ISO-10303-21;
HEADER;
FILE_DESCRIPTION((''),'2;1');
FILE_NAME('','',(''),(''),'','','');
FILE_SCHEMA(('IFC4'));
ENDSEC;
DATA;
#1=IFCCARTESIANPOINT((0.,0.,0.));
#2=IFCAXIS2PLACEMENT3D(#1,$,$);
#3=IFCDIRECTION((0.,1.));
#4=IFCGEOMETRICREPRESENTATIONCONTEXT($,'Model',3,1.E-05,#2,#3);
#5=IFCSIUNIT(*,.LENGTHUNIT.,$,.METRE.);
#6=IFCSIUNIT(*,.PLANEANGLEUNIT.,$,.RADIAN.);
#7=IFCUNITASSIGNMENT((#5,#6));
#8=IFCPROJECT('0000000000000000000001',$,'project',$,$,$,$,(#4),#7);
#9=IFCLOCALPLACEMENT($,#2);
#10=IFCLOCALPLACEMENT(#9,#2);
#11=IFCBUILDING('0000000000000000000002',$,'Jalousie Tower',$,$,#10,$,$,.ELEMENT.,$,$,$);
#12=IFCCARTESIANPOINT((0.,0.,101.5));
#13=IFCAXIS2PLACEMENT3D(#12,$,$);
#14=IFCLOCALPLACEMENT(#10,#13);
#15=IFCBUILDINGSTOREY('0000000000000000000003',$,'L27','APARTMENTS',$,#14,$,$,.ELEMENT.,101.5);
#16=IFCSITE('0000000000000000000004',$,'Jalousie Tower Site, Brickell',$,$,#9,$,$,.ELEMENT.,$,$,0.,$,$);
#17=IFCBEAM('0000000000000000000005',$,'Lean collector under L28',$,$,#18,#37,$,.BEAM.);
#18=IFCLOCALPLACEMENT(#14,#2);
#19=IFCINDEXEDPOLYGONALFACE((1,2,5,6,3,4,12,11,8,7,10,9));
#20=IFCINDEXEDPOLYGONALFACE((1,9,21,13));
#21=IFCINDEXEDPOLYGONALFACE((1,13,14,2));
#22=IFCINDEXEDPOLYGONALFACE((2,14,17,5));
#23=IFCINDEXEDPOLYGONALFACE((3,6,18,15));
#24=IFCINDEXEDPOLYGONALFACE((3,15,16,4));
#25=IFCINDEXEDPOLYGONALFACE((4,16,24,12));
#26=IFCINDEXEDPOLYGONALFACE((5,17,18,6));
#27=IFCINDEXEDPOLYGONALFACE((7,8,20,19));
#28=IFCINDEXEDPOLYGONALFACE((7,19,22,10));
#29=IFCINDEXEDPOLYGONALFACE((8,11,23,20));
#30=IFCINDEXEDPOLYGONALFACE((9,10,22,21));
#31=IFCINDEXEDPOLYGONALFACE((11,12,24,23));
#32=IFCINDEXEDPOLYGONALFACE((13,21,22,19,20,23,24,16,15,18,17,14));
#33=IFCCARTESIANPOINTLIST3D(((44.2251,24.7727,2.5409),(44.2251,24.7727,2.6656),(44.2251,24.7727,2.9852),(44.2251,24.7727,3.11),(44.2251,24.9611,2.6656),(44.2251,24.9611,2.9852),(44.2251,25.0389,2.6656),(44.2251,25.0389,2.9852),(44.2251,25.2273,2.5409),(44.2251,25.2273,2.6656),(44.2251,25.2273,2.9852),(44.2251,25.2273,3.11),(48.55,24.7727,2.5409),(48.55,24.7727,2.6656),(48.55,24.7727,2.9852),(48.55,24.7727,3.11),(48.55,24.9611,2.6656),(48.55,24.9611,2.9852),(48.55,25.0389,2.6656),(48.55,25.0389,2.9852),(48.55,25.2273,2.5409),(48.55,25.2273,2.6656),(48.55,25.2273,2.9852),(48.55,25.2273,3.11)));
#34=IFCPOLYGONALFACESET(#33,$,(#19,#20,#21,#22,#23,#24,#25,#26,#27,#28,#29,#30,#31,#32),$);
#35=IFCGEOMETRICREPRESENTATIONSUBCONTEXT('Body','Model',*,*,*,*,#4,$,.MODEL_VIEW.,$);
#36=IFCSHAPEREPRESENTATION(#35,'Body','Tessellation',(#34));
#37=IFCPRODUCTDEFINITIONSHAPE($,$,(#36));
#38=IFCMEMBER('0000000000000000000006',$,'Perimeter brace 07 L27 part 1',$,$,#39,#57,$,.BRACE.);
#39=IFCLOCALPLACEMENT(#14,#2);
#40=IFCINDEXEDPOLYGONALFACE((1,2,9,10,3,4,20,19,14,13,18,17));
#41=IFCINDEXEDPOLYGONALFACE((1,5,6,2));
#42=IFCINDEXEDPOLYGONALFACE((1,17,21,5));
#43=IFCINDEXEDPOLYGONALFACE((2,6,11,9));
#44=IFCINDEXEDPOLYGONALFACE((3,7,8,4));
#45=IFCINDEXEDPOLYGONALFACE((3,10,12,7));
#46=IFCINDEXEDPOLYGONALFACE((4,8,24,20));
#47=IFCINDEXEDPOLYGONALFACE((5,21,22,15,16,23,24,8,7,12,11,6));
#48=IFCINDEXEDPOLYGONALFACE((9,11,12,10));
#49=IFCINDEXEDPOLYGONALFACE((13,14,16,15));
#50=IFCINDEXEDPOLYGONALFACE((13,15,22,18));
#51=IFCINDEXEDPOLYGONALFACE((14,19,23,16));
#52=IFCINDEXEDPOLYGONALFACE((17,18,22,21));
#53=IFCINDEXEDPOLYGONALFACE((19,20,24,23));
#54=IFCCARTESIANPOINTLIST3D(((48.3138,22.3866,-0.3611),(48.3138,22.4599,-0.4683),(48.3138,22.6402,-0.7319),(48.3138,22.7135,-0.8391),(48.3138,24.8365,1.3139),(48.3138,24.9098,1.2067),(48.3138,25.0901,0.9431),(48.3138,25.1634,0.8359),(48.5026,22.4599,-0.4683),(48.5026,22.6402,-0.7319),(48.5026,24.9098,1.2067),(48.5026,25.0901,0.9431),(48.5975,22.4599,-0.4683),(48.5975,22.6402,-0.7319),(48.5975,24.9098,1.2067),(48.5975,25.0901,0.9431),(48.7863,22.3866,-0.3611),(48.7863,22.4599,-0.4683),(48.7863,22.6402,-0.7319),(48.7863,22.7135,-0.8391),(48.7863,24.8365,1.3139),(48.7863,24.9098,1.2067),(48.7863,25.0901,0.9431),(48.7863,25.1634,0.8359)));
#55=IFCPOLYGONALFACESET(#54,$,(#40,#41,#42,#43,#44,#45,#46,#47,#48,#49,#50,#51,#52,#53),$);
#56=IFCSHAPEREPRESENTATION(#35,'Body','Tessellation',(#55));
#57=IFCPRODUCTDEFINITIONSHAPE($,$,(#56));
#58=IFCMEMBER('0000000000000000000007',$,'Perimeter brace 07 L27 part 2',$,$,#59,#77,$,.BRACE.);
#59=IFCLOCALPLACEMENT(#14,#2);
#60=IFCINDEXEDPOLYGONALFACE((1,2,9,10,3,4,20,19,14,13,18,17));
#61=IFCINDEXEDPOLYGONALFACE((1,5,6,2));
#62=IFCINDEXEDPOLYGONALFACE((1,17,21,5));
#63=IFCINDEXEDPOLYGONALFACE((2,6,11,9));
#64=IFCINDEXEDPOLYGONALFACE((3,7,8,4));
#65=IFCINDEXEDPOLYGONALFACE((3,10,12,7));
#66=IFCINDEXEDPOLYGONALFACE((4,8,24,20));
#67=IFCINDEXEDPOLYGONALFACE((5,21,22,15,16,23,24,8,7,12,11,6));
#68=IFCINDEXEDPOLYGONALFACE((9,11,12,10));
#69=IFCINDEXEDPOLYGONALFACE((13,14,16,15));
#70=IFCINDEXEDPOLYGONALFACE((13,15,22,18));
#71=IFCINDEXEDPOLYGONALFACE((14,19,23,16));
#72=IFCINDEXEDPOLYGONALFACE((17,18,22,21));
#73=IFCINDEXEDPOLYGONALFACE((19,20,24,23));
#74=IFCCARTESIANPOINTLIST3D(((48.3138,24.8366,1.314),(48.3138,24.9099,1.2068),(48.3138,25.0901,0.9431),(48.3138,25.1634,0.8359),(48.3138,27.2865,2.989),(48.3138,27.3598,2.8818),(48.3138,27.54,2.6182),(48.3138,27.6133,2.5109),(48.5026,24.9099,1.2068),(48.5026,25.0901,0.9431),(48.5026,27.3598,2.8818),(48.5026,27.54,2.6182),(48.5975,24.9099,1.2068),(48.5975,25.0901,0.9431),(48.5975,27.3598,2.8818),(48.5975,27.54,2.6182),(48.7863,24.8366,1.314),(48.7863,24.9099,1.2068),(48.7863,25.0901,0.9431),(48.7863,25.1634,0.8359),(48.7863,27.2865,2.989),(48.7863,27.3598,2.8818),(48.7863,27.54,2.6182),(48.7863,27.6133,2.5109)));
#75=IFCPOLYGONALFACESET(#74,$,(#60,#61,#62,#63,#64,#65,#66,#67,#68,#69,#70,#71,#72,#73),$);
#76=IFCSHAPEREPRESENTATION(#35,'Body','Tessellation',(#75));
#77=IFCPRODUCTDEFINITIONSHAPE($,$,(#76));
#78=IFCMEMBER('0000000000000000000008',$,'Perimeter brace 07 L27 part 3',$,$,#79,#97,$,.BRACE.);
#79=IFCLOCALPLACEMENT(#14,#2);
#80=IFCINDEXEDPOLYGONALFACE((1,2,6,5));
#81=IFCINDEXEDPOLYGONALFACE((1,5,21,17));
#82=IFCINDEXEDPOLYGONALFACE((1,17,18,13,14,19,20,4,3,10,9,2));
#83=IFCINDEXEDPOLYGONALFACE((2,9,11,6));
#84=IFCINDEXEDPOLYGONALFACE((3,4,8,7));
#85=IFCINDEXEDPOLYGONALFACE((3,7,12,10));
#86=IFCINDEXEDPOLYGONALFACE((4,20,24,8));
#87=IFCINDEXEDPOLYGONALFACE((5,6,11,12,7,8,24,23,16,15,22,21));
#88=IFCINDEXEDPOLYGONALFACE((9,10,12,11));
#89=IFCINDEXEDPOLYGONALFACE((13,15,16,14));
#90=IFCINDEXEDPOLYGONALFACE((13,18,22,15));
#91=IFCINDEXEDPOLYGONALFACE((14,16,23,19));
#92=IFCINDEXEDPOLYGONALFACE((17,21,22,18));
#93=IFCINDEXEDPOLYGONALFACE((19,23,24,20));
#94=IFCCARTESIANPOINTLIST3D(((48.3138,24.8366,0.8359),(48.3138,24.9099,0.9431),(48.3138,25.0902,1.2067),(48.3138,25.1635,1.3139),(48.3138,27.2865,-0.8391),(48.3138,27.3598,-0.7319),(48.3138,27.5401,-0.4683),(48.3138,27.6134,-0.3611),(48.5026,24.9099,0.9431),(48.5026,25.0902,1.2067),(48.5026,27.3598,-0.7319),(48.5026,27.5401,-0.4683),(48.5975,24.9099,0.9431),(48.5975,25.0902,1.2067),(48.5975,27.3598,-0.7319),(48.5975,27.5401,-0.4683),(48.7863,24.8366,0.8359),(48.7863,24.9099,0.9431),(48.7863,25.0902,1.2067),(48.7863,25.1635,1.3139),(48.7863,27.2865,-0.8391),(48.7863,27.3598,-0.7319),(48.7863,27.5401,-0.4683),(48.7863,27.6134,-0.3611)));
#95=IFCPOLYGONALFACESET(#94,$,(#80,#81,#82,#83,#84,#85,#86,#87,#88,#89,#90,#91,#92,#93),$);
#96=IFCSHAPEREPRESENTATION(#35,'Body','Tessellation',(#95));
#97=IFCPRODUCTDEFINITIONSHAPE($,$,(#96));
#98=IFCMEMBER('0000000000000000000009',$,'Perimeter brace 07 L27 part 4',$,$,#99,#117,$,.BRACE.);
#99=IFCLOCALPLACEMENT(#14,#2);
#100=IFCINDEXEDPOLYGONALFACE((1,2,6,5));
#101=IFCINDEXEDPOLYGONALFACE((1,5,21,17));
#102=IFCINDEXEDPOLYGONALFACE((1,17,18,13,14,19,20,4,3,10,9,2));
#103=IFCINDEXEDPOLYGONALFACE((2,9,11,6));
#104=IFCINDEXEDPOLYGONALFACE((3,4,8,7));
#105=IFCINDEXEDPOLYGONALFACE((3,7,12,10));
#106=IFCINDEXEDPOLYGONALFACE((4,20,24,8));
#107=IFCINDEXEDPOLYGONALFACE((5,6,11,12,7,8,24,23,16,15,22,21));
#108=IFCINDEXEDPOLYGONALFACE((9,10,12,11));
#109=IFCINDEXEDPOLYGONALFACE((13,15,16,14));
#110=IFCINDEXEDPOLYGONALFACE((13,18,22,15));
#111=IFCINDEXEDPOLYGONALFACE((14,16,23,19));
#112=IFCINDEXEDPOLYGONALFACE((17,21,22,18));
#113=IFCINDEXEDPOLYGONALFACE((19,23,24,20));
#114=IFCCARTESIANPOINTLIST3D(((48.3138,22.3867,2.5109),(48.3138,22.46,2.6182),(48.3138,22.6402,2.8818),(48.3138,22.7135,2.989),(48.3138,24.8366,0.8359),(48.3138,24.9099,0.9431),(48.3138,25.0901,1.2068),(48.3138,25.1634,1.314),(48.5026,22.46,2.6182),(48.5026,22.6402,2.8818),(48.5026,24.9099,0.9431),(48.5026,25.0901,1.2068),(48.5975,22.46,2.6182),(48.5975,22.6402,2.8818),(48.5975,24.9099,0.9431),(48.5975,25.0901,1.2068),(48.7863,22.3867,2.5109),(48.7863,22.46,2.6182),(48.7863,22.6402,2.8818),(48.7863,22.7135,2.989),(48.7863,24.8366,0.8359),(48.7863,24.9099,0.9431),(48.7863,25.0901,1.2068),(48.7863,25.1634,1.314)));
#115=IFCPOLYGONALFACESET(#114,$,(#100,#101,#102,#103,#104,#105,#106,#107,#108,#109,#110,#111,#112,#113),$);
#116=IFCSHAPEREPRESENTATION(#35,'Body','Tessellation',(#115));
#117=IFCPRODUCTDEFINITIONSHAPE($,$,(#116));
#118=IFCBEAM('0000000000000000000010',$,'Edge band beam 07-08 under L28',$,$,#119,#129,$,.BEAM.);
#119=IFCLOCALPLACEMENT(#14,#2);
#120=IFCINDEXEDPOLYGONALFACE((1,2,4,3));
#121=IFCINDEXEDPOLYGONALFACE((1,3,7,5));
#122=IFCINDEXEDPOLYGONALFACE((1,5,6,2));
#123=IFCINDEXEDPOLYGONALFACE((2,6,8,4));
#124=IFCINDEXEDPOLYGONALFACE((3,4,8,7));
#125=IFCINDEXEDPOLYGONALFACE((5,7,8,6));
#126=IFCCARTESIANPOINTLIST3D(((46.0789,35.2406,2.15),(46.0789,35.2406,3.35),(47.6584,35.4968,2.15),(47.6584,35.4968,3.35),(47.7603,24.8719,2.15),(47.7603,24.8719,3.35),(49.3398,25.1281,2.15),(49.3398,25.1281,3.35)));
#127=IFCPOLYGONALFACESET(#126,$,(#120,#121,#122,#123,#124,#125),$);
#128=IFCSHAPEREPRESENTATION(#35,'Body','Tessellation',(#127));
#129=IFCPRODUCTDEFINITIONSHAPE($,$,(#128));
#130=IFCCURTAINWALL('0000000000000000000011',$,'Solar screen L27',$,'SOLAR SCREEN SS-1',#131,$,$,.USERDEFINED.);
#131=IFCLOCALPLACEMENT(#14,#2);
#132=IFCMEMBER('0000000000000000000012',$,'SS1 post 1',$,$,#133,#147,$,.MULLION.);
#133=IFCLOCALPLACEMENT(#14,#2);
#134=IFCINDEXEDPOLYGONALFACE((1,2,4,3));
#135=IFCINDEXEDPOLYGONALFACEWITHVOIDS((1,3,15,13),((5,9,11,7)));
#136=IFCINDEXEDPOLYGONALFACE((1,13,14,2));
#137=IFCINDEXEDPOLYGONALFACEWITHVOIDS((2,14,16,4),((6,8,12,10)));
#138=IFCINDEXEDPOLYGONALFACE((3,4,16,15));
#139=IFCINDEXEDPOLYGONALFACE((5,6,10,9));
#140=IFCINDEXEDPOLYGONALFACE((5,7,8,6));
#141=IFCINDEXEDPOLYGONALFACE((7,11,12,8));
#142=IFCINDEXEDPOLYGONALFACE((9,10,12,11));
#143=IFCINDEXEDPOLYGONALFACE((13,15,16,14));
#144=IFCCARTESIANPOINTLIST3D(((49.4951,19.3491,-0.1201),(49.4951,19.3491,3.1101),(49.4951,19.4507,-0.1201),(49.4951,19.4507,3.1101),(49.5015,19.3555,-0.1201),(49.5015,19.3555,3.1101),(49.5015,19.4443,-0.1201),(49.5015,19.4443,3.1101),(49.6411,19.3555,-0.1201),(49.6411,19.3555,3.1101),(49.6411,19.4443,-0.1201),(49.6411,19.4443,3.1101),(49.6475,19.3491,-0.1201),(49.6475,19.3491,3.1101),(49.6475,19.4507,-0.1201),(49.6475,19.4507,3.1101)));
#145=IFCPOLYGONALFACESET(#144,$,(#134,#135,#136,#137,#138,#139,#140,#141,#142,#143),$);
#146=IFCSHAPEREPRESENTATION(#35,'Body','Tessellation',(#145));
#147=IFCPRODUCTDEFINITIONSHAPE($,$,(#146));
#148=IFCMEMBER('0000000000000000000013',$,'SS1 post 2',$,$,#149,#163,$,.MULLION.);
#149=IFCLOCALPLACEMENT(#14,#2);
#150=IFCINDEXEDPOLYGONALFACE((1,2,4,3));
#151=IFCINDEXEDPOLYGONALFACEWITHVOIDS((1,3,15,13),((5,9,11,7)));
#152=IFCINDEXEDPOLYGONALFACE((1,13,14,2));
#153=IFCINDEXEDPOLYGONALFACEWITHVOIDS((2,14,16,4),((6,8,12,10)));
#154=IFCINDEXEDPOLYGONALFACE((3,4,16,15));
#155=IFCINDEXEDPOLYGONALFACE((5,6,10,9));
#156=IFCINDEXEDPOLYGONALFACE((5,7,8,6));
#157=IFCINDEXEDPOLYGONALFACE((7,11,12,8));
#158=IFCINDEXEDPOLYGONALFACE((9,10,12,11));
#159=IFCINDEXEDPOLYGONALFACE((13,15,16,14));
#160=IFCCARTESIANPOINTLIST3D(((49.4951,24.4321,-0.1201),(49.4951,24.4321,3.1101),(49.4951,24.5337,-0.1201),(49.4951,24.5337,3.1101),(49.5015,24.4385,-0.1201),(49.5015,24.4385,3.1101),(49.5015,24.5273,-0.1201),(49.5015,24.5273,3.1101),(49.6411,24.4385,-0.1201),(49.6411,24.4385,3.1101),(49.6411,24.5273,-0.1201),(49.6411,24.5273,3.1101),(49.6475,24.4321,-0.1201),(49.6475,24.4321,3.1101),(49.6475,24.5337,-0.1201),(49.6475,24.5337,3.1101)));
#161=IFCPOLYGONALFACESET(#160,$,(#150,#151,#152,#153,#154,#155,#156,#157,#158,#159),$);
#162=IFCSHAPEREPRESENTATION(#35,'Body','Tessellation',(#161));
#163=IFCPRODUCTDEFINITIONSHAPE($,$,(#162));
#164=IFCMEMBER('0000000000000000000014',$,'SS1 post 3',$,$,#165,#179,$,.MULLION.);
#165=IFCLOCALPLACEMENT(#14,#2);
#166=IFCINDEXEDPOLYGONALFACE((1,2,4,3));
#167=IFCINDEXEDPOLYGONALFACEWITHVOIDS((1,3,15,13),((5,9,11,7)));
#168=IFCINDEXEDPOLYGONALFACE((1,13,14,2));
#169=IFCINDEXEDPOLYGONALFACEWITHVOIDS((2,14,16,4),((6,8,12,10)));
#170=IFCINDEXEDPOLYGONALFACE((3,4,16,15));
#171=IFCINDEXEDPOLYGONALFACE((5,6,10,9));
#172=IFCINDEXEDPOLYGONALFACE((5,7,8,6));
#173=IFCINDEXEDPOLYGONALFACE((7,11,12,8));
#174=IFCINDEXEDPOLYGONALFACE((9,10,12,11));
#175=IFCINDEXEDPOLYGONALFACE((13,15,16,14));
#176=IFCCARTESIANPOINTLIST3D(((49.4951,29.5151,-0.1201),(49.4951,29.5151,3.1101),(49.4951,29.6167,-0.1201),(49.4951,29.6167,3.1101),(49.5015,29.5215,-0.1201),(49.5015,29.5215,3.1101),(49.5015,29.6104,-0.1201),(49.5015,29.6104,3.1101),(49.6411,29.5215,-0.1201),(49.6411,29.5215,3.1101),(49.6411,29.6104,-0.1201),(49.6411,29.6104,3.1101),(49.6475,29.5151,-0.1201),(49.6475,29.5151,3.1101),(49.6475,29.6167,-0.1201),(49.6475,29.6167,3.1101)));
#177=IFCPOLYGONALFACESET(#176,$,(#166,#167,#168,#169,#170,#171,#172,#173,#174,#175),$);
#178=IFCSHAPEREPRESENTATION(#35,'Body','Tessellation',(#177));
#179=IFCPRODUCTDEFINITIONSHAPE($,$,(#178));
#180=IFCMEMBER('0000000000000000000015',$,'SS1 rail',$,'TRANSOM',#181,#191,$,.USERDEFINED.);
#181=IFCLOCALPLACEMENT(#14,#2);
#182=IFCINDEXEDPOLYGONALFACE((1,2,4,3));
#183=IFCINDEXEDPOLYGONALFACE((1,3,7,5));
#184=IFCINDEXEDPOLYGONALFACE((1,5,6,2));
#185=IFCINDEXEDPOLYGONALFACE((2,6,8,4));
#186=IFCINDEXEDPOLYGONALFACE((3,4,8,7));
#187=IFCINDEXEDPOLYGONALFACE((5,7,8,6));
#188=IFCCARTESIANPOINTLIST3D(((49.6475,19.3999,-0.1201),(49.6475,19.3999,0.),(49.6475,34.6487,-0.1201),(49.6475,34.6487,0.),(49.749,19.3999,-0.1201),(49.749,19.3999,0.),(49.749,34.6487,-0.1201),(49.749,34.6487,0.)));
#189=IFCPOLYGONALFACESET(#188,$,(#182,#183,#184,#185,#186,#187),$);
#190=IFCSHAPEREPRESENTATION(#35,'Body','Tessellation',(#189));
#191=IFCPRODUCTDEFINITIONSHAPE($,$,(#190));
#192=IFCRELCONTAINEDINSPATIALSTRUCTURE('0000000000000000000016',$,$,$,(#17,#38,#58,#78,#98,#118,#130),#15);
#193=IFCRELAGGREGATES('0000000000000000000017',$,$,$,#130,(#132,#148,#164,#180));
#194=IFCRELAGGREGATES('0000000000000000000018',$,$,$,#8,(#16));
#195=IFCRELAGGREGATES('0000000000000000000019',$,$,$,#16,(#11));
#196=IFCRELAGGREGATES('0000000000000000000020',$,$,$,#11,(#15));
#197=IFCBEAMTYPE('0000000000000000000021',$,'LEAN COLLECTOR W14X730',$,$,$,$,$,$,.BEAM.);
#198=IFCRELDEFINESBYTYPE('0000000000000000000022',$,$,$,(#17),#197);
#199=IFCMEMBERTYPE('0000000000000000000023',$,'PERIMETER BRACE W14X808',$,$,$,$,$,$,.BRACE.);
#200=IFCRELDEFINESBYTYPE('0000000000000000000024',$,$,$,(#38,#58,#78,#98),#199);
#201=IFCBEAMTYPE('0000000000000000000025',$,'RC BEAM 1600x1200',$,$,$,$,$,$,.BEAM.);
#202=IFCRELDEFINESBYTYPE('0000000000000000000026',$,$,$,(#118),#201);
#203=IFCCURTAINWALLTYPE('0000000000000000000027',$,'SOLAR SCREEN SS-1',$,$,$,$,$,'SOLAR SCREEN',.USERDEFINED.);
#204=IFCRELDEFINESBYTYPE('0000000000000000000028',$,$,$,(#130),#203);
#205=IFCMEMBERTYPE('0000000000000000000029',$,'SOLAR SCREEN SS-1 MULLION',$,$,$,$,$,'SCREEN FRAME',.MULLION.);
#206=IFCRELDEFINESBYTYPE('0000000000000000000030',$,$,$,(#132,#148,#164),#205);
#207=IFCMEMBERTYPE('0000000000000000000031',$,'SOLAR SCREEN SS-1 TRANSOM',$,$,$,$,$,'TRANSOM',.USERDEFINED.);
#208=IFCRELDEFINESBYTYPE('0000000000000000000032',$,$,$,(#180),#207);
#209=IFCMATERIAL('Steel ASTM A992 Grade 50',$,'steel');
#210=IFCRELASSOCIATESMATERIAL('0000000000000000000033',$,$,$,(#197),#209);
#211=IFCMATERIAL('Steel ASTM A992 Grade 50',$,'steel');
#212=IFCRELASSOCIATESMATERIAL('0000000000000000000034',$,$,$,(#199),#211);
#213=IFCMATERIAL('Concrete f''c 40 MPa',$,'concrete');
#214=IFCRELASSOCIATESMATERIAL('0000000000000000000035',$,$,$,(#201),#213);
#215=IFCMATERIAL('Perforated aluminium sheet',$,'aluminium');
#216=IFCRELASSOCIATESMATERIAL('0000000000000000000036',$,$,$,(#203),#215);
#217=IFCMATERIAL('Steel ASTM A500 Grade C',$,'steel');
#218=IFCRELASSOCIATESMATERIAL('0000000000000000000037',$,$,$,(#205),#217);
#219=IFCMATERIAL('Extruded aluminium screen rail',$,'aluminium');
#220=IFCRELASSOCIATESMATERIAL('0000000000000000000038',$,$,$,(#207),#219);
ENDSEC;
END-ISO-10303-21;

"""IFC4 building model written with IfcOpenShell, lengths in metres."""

from ifc_helpers import new_model, si_unit, direction, frame, origin, origin_2d, place, context, subcontext, project, spatial, rectangle, hollow_rectangle, i_section, extrude, material, material_profile, profile_set, type_object, element, aggregate, save


model = new_model("IFC4")

# Units and contexts
model_context = context("Model", 3, precision=1e-05, world=origin(), true_north=direction((0.0, 1.0)))
body_context = subcontext(model_context, "Body", "Model", "MODEL_VIEW")
ifc_project = project(units=[si_unit("LENGTHUNIT", "METRE"), si_unit("PLANEANGLEUNIT", "RADIAN")], contexts=[model_context])

# Site, building, storey
site_placement = place(None, origin())
site = spatial("IfcSite", under=ifc_project, at=site_placement, Name="Jalousie Tower Site, Brickell", CompositionType="ELEMENT", RefElevation=0.0)
building_placement = place(site_placement, origin())
building = spatial("IfcBuilding", under=site, at=building_placement, Name="Jalousie Tower", CompositionType="ELEMENT")
storey_placement = place(building_placement, frame((0.0, 0.0, 101.5)))
storey = spatial("IfcBuildingStorey", under=building, at=storey_placement, Name="L27", Description="APARTMENTS", CompositionType="ELEMENT", Elevation=101.5)

# Beam
ifc_material_1 = material(Name="Steel ASTM A992 Grade 50", Category="steel")
ifc_material_profile_1 = material_profile(ifc_material_1, i_section(OverallWidth=0.4546, OverallDepth=0.5691, WebThickness=0.0779, FlangeThickness=0.1248, at=origin_2d()), Name="W14X730")
ifc_profile_set_1 = profile_set([ifc_material_profile_1], Name="Steel ASTM A992 Grade 50")
beam_type_1 = type_object("IfcBeamType", Name="LEAN COLLECTOR W14X730", PredefinedType="BEAM", material=ifc_profile_set_1)
beam_1_placement = place(storey_placement, frame((48.55, 25.0, 2.8254), z_axis=(-1.0, 0.0, 0.0), x_axis=(0.0, -1.0, 0.0)))
element("IfcBeam", 1, at=beam_1_placement, inside=storey, type_object=beam_type_1, Name="Lean collector under L28", PredefinedType="BEAM", context=body_context, shape_type="SweptSolid", body=[
    extrude(i_section(OverallWidth=0.4546, OverallDepth=0.5691, WebThickness=0.0779, FlangeThickness=0.1248, at=origin_2d()), origin(), (0.0, 0.0, 1.0), 4.325),
])

# Members
ifc_material_2 = material(Name="Steel ASTM A992 Grade 50", Category="steel")
ifc_material_profile_2 = material_profile(ifc_material_2, i_section(OverallWidth=0.4724, OverallDepth=0.5791, WebThickness=0.095, FlangeThickness=0.1299, at=origin_2d()), Name="W14X808")
ifc_profile_set_2 = profile_set([ifc_material_profile_2], Name="Steel ASTM A992 Grade 50")
member_type_1 = type_object("IfcMemberType", Name="PERIMETER BRACE W14X808", PredefinedType="BRACE", material=ifc_profile_set_2)
for number, where, z_axis, x_axis, name in (
    (2, (48.55, 22.55, -0.6001), (0.0, 0.825501, 0.564401), (-1.0, 0.0, 0.0), "Perimeter brace 07 L27 part 1"),
    (3, (48.55, 25.0, 1.075), (0.0, 0.825501, 0.564401), (-1.0, 0.0, 0.0), "Perimeter brace 07 L27 part 2"),
    (4, (48.55, 27.45, -0.6001), (0.0, -0.825501, 0.564401), (1.0, 0.0, 0.0), "Perimeter brace 07 L27 part 3"),
    (5, (48.55, 25.0, 1.075), (0.0, -0.825501, 0.564401), (1.0, 0.0, 0.0), "Perimeter brace 07 L27 part 4"),
):
    element("IfcMember", number, at=place(storey_placement, frame(where, z_axis=z_axis, x_axis=x_axis)), inside=storey, type_object=member_type_1, Name=name, PredefinedType="BRACE", context=body_context, shape_type="SweptSolid", body=[
        extrude(i_section(OverallWidth=0.4724, OverallDepth=0.5791, WebThickness=0.095, FlangeThickness=0.1299, at=origin_2d()), origin(), (0.0, 0.0, 1.0), 2.9678),
    ])

# Beam
ifc_material_3 = material(Name="Concrete f'c 40 MPa", Category="concrete")
ifc_material_profile_3 = material_profile(ifc_material_3, rectangle(XDim=1.6001, YDim=1.2, at=origin_2d()), Name="RC 1600x1200")
ifc_profile_set_3 = profile_set([ifc_material_profile_3], Name="Concrete f'c 40 MPa")
beam_type_2 = type_object("IfcBeamType", Name="RC BEAM 1600x1200", PredefinedType="BEAM", material=ifc_profile_set_3)
beam_2_placement = place(storey_placement, frame((48.55, 25.0, 2.75), z_axis=(-0.160071, 0.987106, 0.0), x_axis=(-0.987106, -0.160071, 0.0)))
element("IfcBeam", 6, at=beam_2_placement, inside=storey, type_object=beam_type_2, Name="Edge band beam 07-08 under L28", PredefinedType="BEAM", context=body_context, shape_type="SweptSolid", body=[
    extrude(rectangle(XDim=1.6001, YDim=1.2, at=origin_2d()), origin(), (0.0, 0.0, 1.0), 10.5042),
])

# Curtain wall, members
ifc_material_4 = material(Name="Perforated aluminium sheet", Category="aluminium")
curtain_wall_type = type_object("IfcCurtainWallType", Name="SOLAR SCREEN SS-1", ElementType="SOLAR SCREEN", PredefinedType="USERDEFINED", material=ifc_material_4)
curtain_wall_placement = place(storey_placement, origin())
curtain_wall = element("IfcCurtainWall", 7, at=curtain_wall_placement, inside=storey, type_object=curtain_wall_type, Name="Solar screen L27", ObjectType="SOLAR SCREEN SS-1", PredefinedType="USERDEFINED")
ifc_material_5 = material(Name="Steel ASTM A500 Grade C", Category="steel")
ifc_material_profile_4 = material_profile(ifc_material_5, hollow_rectangle(XDim=0.1016, YDim=0.1523, WallThickness=0.0063, at=origin_2d()), Name="HSS6X4X1/4")
ifc_profile_set_4 = profile_set([ifc_material_profile_4], Name="Steel ASTM A500 Grade C")
member_type_2 = type_object("IfcMemberType", Name="SOLAR SCREEN SS-1 MULLION", ElementType="SCREEN FRAME", PredefinedType="MULLION", material=ifc_profile_set_4)
member_1_placement = place(storey_placement, frame((49.5713, 19.3999, -0.1201), z_axis=(0.0, 0.0, 1.0), x_axis=(0.0, 1.0, 0.0)))
member_1 = element("IfcMember", 8, at=member_1_placement, type_object=member_type_2, Name="SS1 post 1", PredefinedType="MULLION", context=body_context, shape_type="SweptSolid", body=[
    extrude(hollow_rectangle(XDim=0.1016, YDim=0.1523, WallThickness=0.0063, at=origin_2d()), origin(), (0.0, 0.0, 1.0), 3.2302),
])
member_2_placement = place(storey_placement, frame((49.5713, 24.4829, -0.1201), z_axis=(0.0, 0.0, 1.0), x_axis=(0.0, 1.0, 0.0)))
member_2 = element("IfcMember", 9, at=member_2_placement, type_object=member_type_2, Name="SS1 post 2", PredefinedType="MULLION", context=body_context, shape_type="SweptSolid", body=[
    extrude(hollow_rectangle(XDim=0.1016, YDim=0.1523, WallThickness=0.0063, at=origin_2d()), origin(), (0.0, 0.0, 1.0), 3.2302),
])
member_3_placement = place(storey_placement, frame((49.5713, 29.5659, -0.1201), z_axis=(0.0, 0.0, 1.0), x_axis=(0.0, 1.0, 0.0)))
member_3 = element("IfcMember", 10, at=member_3_placement, type_object=member_type_2, Name="SS1 post 3", PredefinedType="MULLION", context=body_context, shape_type="SweptSolid", body=[
    extrude(hollow_rectangle(XDim=0.1016, YDim=0.1523, WallThickness=0.0063, at=origin_2d()), origin(), (0.0, 0.0, 1.0), 3.2302),
])
ifc_material_6 = material(Name="Extruded aluminium screen rail", Category="aluminium")
ifc_material_profile_5 = material_profile(ifc_material_6, rectangle(XDim=0.1016, YDim=0.1201, at=origin_2d()), Name="RAIL 102x120")
ifc_profile_set_5 = profile_set([ifc_material_profile_5], Name="Extruded aluminium screen rail")
member_type_3 = type_object("IfcMemberType", Name="SOLAR SCREEN SS-1 TRANSOM", ElementType="TRANSOM", PredefinedType="USERDEFINED", material=ifc_profile_set_5)
member_4_placement = place(storey_placement, frame((49.6982, 19.3999, -0.0601), z_axis=(0.0, 1.0, 0.0), x_axis=(-1.0, 0.0, 0.0)))
member_4 = element("IfcMember", 11, at=member_4_placement, type_object=member_type_3, Name="SS1 rail", ObjectType="TRANSOM", PredefinedType="USERDEFINED", context=body_context, shape_type="SweptSolid", body=[
    extrude(rectangle(XDim=0.1016, YDim=0.1201, at=origin_2d()), origin(), (0.0, 0.0, 1.0), 15.2488),
])
aggregate(curtain_wall, [member_1, member_2, member_3, member_4])

save(model, "model.ifc")
